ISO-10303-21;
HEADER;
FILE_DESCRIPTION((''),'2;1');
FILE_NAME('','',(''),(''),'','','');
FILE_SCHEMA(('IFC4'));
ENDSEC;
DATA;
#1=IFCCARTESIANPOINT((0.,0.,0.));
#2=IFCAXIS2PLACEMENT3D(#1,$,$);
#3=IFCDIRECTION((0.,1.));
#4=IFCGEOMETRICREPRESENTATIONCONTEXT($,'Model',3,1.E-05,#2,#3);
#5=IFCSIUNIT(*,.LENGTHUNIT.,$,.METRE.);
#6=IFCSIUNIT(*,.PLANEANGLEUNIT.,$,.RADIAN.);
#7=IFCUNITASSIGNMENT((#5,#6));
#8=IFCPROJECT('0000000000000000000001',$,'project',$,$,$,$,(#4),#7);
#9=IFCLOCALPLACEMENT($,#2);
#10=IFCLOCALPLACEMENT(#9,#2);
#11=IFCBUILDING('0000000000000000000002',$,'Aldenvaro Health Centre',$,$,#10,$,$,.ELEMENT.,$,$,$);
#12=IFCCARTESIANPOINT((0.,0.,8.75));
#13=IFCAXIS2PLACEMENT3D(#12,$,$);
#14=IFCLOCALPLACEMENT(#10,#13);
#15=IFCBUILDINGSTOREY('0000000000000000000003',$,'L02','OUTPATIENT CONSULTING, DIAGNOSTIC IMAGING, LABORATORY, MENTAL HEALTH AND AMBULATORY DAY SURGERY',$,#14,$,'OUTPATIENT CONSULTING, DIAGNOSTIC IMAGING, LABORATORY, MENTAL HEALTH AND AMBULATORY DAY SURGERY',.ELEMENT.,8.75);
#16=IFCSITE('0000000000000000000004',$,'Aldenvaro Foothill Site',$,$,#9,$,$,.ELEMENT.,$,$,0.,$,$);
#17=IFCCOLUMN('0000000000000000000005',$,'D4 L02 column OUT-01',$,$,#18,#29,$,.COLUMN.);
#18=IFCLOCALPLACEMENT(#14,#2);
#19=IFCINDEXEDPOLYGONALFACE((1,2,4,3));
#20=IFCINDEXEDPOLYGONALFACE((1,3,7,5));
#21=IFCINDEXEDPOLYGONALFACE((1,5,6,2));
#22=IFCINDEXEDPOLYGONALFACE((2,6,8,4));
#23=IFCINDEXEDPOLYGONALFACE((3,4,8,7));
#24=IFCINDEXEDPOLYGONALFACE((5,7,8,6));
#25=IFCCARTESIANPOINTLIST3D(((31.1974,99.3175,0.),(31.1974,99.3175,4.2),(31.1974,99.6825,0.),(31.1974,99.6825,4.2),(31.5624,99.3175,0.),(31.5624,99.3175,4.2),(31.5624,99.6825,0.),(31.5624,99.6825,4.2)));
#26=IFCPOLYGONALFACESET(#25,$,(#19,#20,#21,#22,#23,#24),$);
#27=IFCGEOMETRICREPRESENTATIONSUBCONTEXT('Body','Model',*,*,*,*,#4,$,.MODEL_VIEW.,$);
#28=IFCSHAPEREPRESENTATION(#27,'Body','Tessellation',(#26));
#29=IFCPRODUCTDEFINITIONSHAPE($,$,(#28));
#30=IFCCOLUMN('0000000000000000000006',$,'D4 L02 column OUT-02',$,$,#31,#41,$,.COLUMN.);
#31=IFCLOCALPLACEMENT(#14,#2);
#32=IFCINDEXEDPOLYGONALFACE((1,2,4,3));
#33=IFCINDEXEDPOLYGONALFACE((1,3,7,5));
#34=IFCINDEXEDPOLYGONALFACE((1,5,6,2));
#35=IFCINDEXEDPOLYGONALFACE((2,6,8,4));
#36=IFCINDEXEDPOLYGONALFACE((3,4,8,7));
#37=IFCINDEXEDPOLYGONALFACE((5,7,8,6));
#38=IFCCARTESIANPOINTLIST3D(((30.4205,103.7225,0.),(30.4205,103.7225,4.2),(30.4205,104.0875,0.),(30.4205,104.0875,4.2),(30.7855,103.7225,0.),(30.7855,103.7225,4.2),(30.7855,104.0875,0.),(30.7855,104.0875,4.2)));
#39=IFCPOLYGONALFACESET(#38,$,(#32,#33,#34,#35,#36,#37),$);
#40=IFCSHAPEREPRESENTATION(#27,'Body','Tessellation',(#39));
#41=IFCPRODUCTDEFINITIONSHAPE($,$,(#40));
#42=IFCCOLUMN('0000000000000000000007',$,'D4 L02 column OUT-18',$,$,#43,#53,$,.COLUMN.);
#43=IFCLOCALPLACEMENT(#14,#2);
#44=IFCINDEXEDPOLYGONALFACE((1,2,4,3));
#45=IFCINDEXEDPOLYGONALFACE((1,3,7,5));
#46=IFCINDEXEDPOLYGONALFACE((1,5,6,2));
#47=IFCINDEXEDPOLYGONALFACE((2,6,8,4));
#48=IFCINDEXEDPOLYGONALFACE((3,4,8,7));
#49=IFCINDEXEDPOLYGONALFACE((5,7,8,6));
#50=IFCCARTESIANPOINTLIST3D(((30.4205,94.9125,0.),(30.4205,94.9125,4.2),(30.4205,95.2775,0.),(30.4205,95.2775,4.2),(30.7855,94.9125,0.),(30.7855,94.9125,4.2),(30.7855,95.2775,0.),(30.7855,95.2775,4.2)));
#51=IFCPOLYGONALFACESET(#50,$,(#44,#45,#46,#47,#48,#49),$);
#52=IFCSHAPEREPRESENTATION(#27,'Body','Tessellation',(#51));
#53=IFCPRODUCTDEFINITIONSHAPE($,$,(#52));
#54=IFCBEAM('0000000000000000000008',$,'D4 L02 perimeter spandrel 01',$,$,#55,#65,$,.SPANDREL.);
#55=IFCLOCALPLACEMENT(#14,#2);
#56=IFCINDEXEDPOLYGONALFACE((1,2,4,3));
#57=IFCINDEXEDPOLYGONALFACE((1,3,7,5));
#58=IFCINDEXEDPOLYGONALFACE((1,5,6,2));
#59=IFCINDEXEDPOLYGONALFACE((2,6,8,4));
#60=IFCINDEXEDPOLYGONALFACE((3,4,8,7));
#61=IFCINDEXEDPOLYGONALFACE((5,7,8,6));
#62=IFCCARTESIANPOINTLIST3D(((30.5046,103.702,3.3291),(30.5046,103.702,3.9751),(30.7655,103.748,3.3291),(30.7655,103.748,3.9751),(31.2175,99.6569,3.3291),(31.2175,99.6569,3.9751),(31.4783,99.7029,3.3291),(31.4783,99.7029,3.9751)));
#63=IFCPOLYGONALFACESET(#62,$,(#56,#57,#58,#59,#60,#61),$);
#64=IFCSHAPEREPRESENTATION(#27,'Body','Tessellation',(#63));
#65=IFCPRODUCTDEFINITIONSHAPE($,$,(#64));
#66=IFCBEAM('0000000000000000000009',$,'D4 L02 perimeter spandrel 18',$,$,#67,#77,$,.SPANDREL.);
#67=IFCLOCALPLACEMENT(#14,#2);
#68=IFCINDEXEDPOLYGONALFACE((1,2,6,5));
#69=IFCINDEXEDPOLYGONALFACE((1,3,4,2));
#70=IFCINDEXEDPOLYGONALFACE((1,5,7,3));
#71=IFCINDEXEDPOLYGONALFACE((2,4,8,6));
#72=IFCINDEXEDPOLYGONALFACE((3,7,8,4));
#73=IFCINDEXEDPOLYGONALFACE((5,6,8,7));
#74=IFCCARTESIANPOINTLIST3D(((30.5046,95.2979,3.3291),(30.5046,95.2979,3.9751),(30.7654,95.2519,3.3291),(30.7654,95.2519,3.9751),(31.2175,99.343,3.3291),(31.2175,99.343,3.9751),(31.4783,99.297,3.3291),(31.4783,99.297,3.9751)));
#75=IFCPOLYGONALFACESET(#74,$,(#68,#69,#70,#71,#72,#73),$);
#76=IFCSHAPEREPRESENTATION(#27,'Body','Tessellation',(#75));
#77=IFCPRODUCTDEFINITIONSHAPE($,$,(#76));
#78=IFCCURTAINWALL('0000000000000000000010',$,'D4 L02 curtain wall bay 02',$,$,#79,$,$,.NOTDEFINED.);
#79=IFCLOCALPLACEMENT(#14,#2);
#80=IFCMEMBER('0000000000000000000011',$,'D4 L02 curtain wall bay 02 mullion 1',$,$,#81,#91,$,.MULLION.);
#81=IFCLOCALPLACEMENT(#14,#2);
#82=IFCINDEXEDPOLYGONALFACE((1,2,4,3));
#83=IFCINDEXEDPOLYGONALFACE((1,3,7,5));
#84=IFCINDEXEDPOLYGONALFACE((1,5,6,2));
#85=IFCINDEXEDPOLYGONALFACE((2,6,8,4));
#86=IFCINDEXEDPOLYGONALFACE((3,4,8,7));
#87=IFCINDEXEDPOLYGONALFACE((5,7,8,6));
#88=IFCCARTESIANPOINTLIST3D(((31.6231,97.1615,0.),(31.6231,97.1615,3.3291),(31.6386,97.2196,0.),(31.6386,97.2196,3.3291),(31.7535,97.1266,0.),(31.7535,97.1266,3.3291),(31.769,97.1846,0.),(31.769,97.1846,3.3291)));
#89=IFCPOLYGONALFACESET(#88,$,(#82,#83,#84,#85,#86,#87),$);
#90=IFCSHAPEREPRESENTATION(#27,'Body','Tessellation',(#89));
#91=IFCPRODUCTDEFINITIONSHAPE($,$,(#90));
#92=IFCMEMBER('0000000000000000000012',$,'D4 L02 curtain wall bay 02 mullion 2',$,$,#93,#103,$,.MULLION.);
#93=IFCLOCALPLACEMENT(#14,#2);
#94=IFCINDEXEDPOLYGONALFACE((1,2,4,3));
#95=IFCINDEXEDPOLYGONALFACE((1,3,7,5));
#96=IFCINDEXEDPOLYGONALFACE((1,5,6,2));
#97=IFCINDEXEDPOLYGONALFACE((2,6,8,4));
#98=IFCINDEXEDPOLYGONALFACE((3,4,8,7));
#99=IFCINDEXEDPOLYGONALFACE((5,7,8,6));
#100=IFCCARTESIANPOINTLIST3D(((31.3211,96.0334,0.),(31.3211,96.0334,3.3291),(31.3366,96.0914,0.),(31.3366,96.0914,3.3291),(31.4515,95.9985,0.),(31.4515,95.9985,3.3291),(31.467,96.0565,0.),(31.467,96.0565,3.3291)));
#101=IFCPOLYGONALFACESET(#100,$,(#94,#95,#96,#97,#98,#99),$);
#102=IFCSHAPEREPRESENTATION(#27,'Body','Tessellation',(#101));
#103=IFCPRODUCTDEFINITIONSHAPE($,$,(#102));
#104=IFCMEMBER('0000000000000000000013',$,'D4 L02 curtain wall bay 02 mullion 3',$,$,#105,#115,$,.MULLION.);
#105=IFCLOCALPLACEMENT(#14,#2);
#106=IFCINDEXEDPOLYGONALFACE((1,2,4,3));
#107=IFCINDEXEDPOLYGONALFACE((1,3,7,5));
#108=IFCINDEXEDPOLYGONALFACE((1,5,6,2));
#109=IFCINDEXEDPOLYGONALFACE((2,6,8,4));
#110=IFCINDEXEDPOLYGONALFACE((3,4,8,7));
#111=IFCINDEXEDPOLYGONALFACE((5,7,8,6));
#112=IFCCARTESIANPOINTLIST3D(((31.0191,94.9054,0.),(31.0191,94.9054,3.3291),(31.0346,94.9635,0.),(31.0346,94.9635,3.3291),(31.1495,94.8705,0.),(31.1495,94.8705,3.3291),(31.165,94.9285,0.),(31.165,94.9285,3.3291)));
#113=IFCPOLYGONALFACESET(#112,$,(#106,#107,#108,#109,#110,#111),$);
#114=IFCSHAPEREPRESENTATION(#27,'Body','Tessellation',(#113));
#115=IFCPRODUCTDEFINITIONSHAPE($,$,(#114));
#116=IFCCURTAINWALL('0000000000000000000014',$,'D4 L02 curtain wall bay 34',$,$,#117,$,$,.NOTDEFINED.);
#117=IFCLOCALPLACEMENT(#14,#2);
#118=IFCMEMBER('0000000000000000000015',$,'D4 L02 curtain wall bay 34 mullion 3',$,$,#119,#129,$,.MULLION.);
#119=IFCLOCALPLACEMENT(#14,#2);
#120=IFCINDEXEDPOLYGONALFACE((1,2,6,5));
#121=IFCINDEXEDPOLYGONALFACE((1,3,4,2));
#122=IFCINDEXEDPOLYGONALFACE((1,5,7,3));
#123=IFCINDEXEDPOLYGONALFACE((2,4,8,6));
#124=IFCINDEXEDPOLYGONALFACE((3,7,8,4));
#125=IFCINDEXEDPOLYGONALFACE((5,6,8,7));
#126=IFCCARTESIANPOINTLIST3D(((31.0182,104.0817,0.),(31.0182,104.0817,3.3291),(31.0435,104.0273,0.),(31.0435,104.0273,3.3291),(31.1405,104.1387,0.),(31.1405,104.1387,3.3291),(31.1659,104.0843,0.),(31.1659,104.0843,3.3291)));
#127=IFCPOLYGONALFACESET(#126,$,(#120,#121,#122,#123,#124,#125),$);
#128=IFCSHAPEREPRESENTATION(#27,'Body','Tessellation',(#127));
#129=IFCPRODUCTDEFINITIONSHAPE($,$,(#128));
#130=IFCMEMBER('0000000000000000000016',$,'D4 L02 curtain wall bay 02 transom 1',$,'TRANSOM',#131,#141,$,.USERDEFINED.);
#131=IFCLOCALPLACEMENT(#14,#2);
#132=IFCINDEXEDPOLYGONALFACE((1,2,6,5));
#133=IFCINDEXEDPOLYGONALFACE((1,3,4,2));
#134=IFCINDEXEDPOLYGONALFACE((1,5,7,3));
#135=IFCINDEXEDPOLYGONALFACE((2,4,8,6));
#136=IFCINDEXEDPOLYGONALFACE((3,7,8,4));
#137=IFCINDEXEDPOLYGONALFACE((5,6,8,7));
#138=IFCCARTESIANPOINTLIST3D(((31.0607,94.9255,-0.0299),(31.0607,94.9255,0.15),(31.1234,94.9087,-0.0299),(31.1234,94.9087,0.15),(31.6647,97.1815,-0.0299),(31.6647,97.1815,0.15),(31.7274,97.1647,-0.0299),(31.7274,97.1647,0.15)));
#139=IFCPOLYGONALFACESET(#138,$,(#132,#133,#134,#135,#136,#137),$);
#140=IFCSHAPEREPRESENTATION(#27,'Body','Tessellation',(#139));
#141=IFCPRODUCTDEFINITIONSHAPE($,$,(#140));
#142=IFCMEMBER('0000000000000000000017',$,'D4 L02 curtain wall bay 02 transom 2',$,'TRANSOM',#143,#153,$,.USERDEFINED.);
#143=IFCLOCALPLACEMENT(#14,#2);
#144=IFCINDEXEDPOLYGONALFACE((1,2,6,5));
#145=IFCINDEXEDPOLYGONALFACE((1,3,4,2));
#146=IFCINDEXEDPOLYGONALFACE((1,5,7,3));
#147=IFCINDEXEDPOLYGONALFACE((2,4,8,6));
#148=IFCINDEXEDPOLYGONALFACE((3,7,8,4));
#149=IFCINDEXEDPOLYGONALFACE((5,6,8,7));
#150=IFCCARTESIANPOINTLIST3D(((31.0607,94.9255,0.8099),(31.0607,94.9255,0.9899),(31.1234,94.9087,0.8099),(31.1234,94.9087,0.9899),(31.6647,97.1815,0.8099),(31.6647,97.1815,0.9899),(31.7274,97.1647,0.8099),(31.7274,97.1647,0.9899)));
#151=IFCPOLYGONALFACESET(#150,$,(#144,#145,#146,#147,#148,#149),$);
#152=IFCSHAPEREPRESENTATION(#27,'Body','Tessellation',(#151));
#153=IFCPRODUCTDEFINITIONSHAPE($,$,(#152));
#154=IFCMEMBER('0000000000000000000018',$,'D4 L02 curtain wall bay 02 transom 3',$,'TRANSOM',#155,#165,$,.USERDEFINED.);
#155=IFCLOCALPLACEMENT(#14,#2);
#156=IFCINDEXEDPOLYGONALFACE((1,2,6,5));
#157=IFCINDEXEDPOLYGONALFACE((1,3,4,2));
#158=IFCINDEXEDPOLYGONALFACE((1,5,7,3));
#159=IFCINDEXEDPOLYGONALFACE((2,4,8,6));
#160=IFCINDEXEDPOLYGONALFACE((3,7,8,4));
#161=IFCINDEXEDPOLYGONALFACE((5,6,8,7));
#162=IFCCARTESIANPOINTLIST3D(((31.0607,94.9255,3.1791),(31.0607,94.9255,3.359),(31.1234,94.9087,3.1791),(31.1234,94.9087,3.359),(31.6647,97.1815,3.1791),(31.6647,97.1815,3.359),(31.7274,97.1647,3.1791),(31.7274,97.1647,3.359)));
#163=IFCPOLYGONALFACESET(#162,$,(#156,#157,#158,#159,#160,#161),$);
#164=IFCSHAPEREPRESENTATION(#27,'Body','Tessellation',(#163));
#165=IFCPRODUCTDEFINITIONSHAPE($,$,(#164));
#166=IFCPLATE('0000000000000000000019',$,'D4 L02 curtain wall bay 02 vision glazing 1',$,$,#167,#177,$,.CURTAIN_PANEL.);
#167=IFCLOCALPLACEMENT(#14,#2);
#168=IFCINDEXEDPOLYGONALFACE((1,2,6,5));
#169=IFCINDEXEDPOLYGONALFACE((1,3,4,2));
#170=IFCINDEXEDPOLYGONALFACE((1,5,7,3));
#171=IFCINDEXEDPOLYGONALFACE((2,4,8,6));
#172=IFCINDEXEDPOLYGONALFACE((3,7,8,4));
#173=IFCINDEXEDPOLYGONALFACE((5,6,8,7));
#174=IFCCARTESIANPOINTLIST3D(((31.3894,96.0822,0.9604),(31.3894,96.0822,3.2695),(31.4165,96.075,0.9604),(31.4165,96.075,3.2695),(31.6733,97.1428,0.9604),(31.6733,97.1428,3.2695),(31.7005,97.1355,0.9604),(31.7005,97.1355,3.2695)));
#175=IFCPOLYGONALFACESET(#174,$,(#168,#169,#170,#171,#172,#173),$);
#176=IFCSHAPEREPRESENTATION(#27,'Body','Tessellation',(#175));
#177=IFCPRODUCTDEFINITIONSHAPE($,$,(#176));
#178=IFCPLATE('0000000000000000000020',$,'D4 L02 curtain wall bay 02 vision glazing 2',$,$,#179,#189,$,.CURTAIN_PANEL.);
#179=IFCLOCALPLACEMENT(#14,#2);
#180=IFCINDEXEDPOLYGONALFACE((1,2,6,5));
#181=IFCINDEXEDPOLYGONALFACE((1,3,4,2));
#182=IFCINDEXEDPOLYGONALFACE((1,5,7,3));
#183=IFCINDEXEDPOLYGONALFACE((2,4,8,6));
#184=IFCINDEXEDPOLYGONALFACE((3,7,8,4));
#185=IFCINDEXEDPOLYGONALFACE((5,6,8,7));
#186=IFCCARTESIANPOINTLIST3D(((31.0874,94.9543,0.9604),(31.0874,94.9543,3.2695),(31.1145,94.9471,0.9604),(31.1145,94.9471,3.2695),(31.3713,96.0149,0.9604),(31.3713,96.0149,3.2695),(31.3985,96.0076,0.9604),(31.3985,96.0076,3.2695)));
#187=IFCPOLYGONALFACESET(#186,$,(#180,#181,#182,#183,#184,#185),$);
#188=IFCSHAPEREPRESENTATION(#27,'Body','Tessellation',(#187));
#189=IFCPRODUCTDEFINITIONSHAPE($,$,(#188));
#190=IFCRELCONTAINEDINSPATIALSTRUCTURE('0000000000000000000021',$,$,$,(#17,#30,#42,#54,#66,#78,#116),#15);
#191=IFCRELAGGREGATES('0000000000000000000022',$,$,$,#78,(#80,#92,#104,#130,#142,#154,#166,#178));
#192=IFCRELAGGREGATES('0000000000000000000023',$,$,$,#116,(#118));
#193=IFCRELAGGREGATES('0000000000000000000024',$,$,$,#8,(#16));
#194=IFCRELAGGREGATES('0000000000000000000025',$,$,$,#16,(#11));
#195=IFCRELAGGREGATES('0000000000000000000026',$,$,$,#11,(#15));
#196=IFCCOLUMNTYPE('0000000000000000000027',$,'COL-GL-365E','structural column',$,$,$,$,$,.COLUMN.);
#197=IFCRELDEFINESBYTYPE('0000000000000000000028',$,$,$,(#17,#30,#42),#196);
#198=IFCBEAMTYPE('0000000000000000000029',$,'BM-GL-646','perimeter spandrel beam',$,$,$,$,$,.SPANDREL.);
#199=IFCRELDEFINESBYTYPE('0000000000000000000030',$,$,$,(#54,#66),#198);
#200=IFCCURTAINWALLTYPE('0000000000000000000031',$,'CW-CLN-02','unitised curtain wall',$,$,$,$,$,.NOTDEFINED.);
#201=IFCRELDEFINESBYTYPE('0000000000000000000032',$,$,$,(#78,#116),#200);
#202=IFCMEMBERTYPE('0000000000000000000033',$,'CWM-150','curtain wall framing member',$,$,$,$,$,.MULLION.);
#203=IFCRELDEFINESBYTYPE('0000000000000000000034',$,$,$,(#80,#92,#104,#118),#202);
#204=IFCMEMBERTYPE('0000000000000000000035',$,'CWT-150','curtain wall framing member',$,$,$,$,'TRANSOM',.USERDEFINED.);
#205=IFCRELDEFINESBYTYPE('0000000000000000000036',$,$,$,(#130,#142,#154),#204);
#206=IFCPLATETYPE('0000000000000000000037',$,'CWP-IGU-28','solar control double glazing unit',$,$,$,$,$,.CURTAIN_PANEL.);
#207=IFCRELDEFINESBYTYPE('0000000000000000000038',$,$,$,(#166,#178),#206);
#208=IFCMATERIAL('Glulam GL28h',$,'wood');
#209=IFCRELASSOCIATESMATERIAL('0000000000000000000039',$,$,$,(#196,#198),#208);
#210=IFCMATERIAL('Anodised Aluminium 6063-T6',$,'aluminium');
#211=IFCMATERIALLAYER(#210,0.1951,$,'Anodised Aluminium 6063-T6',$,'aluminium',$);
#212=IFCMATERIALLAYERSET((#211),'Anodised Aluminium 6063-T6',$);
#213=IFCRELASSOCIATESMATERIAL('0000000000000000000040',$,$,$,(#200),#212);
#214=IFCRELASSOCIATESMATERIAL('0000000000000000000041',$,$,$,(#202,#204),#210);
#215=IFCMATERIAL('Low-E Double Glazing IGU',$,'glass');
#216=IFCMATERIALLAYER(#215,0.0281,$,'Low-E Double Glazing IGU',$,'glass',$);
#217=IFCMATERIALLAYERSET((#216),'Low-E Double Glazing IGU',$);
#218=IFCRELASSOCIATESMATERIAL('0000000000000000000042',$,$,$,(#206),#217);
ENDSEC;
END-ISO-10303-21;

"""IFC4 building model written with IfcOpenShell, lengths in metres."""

from ifc_helpers import new_model, si_unit, direction, frame, origin, origin_2d, place, context, subcontext, project, spatial, rectangle, extrude, material, layer, layer_set, material_profile, profile_set, type_object, element, aggregate, save


model = new_model("IFC4")

# Units and contexts
model_context = context("Model", 3, precision=1e-05, world=origin(), true_north=direction((0.0, 1.0)))
body_context = subcontext(model_context, "Body", "Model", "MODEL_VIEW")
ifc_project = project(units=[si_unit("LENGTHUNIT", "METRE"), si_unit("PLANEANGLEUNIT", "RADIAN")], contexts=[model_context])

# Site, building, storey
site_placement = place(None, origin())
site = spatial("IfcSite", under=ifc_project, at=site_placement, Name="Aldenvaro Foothill Site", CompositionType="ELEMENT", RefElevation=0.0)
building_placement = place(site_placement, origin())
building = spatial("IfcBuilding", under=site, at=building_placement, Name="Aldenvaro Health Centre", CompositionType="ELEMENT")
storey_placement = place(building_placement, frame((0.0, 0.0, 8.75)))
storey = spatial("IfcBuildingStorey", under=building, at=storey_placement, Name="L02", Description="OUTPATIENT CONSULTING, DIAGNOSTIC IMAGING, LABORATORY, MENTAL HEALTH AND AMBULATORY DAY SURGERY", LongName="OUTPATIENT CONSULTING, DIAGNOSTIC IMAGING, LABORATORY, MENTAL HEALTH AND AMBULATORY DAY SURGERY", CompositionType="ELEMENT", Elevation=8.75)

# Columns
ifc_material_1 = material(Name="Glulam GL28h", Category="wood")
ifc_material_profile_1 = material_profile(ifc_material_1, rectangle(XDim=0.365, YDim=0.365, at=origin_2d()), Name="GL 365x365", Category="wood")
ifc_profile_set_1 = profile_set([ifc_material_profile_1], Name="Glulam GL28h")
column_type = type_object("IfcColumnType", Name="COL-GL-365E", Description="structural column", PredefinedType="COLUMN", material=ifc_profile_set_1)
for number, where, z_axis, x_axis, name in (
    (1, (31.3799, 99.5, 0.0), (0.0, 0.0, 1.0), (1.0, 0.0, 0.0), "D4 L02 column OUT-01"),
    (2, (30.603, 103.905, 0.0), (0.0, 0.0, 1.0), (1.0, 0.0, 0.0), "D4 L02 column OUT-02"),
    (3, (30.603, 95.095, 0.0), (0.0, 0.0, 1.0), (1.0, 0.0, 0.0), "D4 L02 column OUT-18"),
):
    element("IfcColumn", number, at=place(storey_placement, frame(where, z_axis=z_axis, x_axis=x_axis)), inside=storey, type_object=column_type, Name=name, PredefinedType="COLUMN", context=body_context, shape_type="SweptSolid", body=[
        extrude(rectangle(XDim=0.365, YDim=0.365, at=origin_2d()), origin(), (0.0, 0.0, 1.0), 4.2),
    ])

# Beams
ifc_material_profile_2 = material_profile(ifc_material_1, rectangle(XDim=0.2649, YDim=0.646, at=origin_2d()), Name="GL 265x646", Category="wood")
ifc_profile_set_2 = profile_set([ifc_material_profile_2], Name="Glulam GL28h")
beam_type = type_object("IfcBeamType", Name="BM-GL-646", Description="perimeter spandrel beam", PredefinedType="SPANDREL", material=ifc_profile_set_2)
for number, where, z_axis, x_axis, name in (
    (4, (31.3479, 99.6799, 3.6521), (-0.173558, 0.984824, 0.0), (-0.984824, -0.173558, 0.0), "D4 L02 perimeter spandrel 01"),
    (5, (30.635, 95.2749, 3.6521), (0.173558, 0.984824, 0.0), (-0.984824, 0.173558, 0.0), "D4 L02 perimeter spandrel 18"),
):
    element("IfcBeam", number, at=place(storey_placement, frame(where, z_axis=z_axis, x_axis=x_axis)), inside=storey, type_object=beam_type, Name=name, PredefinedType="SPANDREL", context=body_context, shape_type="SweptSolid", body=[
        extrude(rectangle(XDim=0.2649, YDim=0.646, at=origin_2d()), origin(), (0.0, 0.0, 1.0), 4.1074),
    ])

# Curtain wall, members
ifc_material_2 = material(Name="Anodised Aluminium 6063-T6", Category="aluminium")
ifc_layer_1 = layer(ifc_material_2, 0.1951, Name="Anodised Aluminium 6063-T6", Category="aluminium")
ifc_layer_set_1 = layer_set([ifc_layer_1], Name="Anodised Aluminium 6063-T6")
curtain_wall_type = type_object("IfcCurtainWallType", Name="CW-CLN-02", Description="unitised curtain wall", PredefinedType="NOTDEFINED", material=ifc_layer_set_1)
curtain_wall_1_placement = place(storey_placement, origin())
curtain_wall_1 = element("IfcCurtainWall", 6, at=curtain_wall_1_placement, inside=storey, type_object=curtain_wall_type, Name="D4 L02 curtain wall bay 02", PredefinedType="NOTDEFINED")
ifc_material_profile_3 = material_profile(ifc_material_2, rectangle(XDim=0.0601, YDim=0.135, at=origin_2d()), Name="ALU 60x135", Category="aluminium")
ifc_profile_set_3 = profile_set([ifc_material_profile_3], Name="Anodised Aluminium 6063-T6")
member_type_1 = type_object("IfcMemberType", Name="CWM-150", Description="curtain wall framing member", PredefinedType="MULLION", material=ifc_profile_set_3)
member_1_placement = place(storey_placement, frame((31.696, 97.1731, 0.0), z_axis=(0.0, 0.0, 1.0), x_axis=(-0.258622, -0.965979, 0.0)))
member_1 = element("IfcMember", 7, at=member_1_placement, type_object=member_type_1, Name="D4 L02 curtain wall bay 02 mullion 1", PredefinedType="MULLION", context=body_context, shape_type="SweptSolid", body=[
    extrude(rectangle(XDim=0.0601, YDim=0.135, at=origin_2d()), origin(), (0.0, 0.0, 1.0), 3.3291),
])
member_2_placement = place(storey_placement, frame((31.394, 96.0449, 0.0), z_axis=(0.0, 0.0, 1.0), x_axis=(-0.258622, -0.965979, 0.0)))
member_2 = element("IfcMember", 8, at=member_2_placement, type_object=member_type_1, Name="D4 L02 curtain wall bay 02 mullion 2", PredefinedType="MULLION", context=body_context, shape_type="SweptSolid", body=[
    extrude(rectangle(XDim=0.0601, YDim=0.135, at=origin_2d()), origin(), (0.0, 0.0, 1.0), 3.3291),
])
member_3_placement = place(storey_placement, frame((31.092, 94.917, 0.0), z_axis=(0.0, 0.0, 1.0), x_axis=(-0.258622, -0.965979, 0.0)))
member_3 = element("IfcMember", 9, at=member_3_placement, type_object=member_type_1, Name="D4 L02 curtain wall bay 02 mullion 3", PredefinedType="MULLION", context=body_context, shape_type="SweptSolid", body=[
    extrude(rectangle(XDim=0.0601, YDim=0.135, at=origin_2d()), origin(), (0.0, 0.0, 1.0), 3.3291),
])

# Curtain wall, member
curtain_wall_2_placement = place(storey_placement, origin())
curtain_wall_2 = element("IfcCurtainWall", 10, at=curtain_wall_2_placement, inside=storey, type_object=curtain_wall_type, Name="D4 L02 curtain wall bay 34", PredefinedType="NOTDEFINED")
member_4_placement = place(storey_placement, frame((31.092, 104.083, 0.0), z_axis=(0.0, 0.0, 1.0), x_axis=(0.422557, -0.906336, 0.0)))
member_4 = element("IfcMember", 11, at=member_4_placement, type_object=member_type_1, Name="D4 L02 curtain wall bay 34 mullion 3", PredefinedType="MULLION", context=body_context, shape_type="SweptSolid", body=[
    extrude(rectangle(XDim=0.0601, YDim=0.135, at=origin_2d()), origin(), (0.0, 0.0, 1.0), 3.3291),
])

# Members
ifc_material_profile_4 = material_profile(ifc_material_2, rectangle(XDim=0.0649, YDim=0.1799, at=origin_2d()), Name="ALU 65x180", Category="aluminium")
ifc_profile_set_4 = profile_set([ifc_material_profile_4], Name="Anodised Aluminium 6063-T6")
member_type_2 = type_object("IfcMemberType", Name="CWT-150", Description="curtain wall framing member", ElementType="TRANSOM", PredefinedType="USERDEFINED", material=ifc_profile_set_4)
member_5_placement = place(storey_placement, frame((31.696, 97.1731, 0.0601), z_axis=(-0.258612, -0.965981, 0.0), x_axis=(0.965981, -0.258612, 0.0)))
member_5 = element("IfcMember", 12, at=member_5_placement, type_object=member_type_2, Name="D4 L02 curtain wall bay 02 transom 1", ObjectType="TRANSOM", PredefinedType="USERDEFINED", context=body_context, shape_type="SweptSolid", body=[
    extrude(rectangle(XDim=0.0649, YDim=0.1799, at=origin_2d()), origin(), (0.0, 0.0, 1.0), 2.3354),
])
member_6_placement = place(storey_placement, frame((31.696, 97.1731, 0.8999), z_axis=(-0.258612, -0.965981, 0.0), x_axis=(0.965981, -0.258612, 0.0)))
member_6 = element("IfcMember", 13, at=member_6_placement, type_object=member_type_2, Name="D4 L02 curtain wall bay 02 transom 2", ObjectType="TRANSOM", PredefinedType="USERDEFINED", context=body_context, shape_type="SweptSolid", body=[
    extrude(rectangle(XDim=0.0649, YDim=0.1799, at=origin_2d()), origin(), (0.0, 0.0, 1.0), 2.3354),
])
member_7_placement = place(storey_placement, frame((31.696, 97.1731, 3.269), z_axis=(-0.258612, -0.965981, 0.0), x_axis=(0.965981, -0.258612, 0.0)))
member_7 = element("IfcMember", 14, at=member_7_placement, type_object=member_type_2, Name="D4 L02 curtain wall bay 02 transom 3", ObjectType="TRANSOM", PredefinedType="USERDEFINED", context=body_context, shape_type="SweptSolid", body=[
    extrude(rectangle(XDim=0.0649, YDim=0.1799, at=origin_2d()), origin(), (0.0, 0.0, 1.0), 2.3354),
])

# Plates
ifc_material_3 = material(Name="Low-E Double Glazing IGU", Category="glass")
ifc_layer_2 = layer(ifc_material_3, 0.0281, Name="Low-E Double Glazing IGU", Category="glass")
ifc_layer_set_2 = layer_set([ifc_layer_2], Name="Low-E Double Glazing IGU")
plate_type_1 = type_object("IfcPlateType", Name="CWP-IGU-28", Description="solar control double glazing unit", PredefinedType="CURTAIN_PANEL", material=ifc_layer_set_2)
plate_1_placement = place(storey_placement, frame((31.5449, 96.6089, 0.9604), z_axis=(0.0, 0.0, 1.0), x_axis=(-0.258622, -0.965979, 0.0)))
plate_1 = element("IfcPlate", 15, at=plate_1_placement, type_object=plate_type_1, Name="D4 L02 curtain wall bay 02 vision glazing 1", PredefinedType="CURTAIN_PANEL", context=body_context, shape_type="SweptSolid", body=[
    extrude(rectangle(XDim=1.0979, YDim=0.0281, at=origin_2d()), origin(), (0.0, 0.0, 1.0), 2.3091),
])
plate_2_placement = place(storey_placement, frame((31.2429, 95.481, 0.9604), z_axis=(0.0, 0.0, 1.0), x_axis=(-0.258622, -0.965979, 0.0)))
plate_2 = element("IfcPlate", 16, at=plate_2_placement, type_object=plate_type_1, Name="D4 L02 curtain wall bay 02 vision glazing 2", PredefinedType="CURTAIN_PANEL", context=body_context, shape_type="SweptSolid", body=[
    extrude(rectangle(XDim=1.0979, YDim=0.0281, at=origin_2d()), origin(), (0.0, 0.0, 1.0), 2.3091),
])
aggregate(curtain_wall_1, [member_1, member_2, member_3, member_5, member_6, member_7, plate_1, plate_2])
aggregate(curtain_wall_2, [member_4])

save(model, "model.ifc")
